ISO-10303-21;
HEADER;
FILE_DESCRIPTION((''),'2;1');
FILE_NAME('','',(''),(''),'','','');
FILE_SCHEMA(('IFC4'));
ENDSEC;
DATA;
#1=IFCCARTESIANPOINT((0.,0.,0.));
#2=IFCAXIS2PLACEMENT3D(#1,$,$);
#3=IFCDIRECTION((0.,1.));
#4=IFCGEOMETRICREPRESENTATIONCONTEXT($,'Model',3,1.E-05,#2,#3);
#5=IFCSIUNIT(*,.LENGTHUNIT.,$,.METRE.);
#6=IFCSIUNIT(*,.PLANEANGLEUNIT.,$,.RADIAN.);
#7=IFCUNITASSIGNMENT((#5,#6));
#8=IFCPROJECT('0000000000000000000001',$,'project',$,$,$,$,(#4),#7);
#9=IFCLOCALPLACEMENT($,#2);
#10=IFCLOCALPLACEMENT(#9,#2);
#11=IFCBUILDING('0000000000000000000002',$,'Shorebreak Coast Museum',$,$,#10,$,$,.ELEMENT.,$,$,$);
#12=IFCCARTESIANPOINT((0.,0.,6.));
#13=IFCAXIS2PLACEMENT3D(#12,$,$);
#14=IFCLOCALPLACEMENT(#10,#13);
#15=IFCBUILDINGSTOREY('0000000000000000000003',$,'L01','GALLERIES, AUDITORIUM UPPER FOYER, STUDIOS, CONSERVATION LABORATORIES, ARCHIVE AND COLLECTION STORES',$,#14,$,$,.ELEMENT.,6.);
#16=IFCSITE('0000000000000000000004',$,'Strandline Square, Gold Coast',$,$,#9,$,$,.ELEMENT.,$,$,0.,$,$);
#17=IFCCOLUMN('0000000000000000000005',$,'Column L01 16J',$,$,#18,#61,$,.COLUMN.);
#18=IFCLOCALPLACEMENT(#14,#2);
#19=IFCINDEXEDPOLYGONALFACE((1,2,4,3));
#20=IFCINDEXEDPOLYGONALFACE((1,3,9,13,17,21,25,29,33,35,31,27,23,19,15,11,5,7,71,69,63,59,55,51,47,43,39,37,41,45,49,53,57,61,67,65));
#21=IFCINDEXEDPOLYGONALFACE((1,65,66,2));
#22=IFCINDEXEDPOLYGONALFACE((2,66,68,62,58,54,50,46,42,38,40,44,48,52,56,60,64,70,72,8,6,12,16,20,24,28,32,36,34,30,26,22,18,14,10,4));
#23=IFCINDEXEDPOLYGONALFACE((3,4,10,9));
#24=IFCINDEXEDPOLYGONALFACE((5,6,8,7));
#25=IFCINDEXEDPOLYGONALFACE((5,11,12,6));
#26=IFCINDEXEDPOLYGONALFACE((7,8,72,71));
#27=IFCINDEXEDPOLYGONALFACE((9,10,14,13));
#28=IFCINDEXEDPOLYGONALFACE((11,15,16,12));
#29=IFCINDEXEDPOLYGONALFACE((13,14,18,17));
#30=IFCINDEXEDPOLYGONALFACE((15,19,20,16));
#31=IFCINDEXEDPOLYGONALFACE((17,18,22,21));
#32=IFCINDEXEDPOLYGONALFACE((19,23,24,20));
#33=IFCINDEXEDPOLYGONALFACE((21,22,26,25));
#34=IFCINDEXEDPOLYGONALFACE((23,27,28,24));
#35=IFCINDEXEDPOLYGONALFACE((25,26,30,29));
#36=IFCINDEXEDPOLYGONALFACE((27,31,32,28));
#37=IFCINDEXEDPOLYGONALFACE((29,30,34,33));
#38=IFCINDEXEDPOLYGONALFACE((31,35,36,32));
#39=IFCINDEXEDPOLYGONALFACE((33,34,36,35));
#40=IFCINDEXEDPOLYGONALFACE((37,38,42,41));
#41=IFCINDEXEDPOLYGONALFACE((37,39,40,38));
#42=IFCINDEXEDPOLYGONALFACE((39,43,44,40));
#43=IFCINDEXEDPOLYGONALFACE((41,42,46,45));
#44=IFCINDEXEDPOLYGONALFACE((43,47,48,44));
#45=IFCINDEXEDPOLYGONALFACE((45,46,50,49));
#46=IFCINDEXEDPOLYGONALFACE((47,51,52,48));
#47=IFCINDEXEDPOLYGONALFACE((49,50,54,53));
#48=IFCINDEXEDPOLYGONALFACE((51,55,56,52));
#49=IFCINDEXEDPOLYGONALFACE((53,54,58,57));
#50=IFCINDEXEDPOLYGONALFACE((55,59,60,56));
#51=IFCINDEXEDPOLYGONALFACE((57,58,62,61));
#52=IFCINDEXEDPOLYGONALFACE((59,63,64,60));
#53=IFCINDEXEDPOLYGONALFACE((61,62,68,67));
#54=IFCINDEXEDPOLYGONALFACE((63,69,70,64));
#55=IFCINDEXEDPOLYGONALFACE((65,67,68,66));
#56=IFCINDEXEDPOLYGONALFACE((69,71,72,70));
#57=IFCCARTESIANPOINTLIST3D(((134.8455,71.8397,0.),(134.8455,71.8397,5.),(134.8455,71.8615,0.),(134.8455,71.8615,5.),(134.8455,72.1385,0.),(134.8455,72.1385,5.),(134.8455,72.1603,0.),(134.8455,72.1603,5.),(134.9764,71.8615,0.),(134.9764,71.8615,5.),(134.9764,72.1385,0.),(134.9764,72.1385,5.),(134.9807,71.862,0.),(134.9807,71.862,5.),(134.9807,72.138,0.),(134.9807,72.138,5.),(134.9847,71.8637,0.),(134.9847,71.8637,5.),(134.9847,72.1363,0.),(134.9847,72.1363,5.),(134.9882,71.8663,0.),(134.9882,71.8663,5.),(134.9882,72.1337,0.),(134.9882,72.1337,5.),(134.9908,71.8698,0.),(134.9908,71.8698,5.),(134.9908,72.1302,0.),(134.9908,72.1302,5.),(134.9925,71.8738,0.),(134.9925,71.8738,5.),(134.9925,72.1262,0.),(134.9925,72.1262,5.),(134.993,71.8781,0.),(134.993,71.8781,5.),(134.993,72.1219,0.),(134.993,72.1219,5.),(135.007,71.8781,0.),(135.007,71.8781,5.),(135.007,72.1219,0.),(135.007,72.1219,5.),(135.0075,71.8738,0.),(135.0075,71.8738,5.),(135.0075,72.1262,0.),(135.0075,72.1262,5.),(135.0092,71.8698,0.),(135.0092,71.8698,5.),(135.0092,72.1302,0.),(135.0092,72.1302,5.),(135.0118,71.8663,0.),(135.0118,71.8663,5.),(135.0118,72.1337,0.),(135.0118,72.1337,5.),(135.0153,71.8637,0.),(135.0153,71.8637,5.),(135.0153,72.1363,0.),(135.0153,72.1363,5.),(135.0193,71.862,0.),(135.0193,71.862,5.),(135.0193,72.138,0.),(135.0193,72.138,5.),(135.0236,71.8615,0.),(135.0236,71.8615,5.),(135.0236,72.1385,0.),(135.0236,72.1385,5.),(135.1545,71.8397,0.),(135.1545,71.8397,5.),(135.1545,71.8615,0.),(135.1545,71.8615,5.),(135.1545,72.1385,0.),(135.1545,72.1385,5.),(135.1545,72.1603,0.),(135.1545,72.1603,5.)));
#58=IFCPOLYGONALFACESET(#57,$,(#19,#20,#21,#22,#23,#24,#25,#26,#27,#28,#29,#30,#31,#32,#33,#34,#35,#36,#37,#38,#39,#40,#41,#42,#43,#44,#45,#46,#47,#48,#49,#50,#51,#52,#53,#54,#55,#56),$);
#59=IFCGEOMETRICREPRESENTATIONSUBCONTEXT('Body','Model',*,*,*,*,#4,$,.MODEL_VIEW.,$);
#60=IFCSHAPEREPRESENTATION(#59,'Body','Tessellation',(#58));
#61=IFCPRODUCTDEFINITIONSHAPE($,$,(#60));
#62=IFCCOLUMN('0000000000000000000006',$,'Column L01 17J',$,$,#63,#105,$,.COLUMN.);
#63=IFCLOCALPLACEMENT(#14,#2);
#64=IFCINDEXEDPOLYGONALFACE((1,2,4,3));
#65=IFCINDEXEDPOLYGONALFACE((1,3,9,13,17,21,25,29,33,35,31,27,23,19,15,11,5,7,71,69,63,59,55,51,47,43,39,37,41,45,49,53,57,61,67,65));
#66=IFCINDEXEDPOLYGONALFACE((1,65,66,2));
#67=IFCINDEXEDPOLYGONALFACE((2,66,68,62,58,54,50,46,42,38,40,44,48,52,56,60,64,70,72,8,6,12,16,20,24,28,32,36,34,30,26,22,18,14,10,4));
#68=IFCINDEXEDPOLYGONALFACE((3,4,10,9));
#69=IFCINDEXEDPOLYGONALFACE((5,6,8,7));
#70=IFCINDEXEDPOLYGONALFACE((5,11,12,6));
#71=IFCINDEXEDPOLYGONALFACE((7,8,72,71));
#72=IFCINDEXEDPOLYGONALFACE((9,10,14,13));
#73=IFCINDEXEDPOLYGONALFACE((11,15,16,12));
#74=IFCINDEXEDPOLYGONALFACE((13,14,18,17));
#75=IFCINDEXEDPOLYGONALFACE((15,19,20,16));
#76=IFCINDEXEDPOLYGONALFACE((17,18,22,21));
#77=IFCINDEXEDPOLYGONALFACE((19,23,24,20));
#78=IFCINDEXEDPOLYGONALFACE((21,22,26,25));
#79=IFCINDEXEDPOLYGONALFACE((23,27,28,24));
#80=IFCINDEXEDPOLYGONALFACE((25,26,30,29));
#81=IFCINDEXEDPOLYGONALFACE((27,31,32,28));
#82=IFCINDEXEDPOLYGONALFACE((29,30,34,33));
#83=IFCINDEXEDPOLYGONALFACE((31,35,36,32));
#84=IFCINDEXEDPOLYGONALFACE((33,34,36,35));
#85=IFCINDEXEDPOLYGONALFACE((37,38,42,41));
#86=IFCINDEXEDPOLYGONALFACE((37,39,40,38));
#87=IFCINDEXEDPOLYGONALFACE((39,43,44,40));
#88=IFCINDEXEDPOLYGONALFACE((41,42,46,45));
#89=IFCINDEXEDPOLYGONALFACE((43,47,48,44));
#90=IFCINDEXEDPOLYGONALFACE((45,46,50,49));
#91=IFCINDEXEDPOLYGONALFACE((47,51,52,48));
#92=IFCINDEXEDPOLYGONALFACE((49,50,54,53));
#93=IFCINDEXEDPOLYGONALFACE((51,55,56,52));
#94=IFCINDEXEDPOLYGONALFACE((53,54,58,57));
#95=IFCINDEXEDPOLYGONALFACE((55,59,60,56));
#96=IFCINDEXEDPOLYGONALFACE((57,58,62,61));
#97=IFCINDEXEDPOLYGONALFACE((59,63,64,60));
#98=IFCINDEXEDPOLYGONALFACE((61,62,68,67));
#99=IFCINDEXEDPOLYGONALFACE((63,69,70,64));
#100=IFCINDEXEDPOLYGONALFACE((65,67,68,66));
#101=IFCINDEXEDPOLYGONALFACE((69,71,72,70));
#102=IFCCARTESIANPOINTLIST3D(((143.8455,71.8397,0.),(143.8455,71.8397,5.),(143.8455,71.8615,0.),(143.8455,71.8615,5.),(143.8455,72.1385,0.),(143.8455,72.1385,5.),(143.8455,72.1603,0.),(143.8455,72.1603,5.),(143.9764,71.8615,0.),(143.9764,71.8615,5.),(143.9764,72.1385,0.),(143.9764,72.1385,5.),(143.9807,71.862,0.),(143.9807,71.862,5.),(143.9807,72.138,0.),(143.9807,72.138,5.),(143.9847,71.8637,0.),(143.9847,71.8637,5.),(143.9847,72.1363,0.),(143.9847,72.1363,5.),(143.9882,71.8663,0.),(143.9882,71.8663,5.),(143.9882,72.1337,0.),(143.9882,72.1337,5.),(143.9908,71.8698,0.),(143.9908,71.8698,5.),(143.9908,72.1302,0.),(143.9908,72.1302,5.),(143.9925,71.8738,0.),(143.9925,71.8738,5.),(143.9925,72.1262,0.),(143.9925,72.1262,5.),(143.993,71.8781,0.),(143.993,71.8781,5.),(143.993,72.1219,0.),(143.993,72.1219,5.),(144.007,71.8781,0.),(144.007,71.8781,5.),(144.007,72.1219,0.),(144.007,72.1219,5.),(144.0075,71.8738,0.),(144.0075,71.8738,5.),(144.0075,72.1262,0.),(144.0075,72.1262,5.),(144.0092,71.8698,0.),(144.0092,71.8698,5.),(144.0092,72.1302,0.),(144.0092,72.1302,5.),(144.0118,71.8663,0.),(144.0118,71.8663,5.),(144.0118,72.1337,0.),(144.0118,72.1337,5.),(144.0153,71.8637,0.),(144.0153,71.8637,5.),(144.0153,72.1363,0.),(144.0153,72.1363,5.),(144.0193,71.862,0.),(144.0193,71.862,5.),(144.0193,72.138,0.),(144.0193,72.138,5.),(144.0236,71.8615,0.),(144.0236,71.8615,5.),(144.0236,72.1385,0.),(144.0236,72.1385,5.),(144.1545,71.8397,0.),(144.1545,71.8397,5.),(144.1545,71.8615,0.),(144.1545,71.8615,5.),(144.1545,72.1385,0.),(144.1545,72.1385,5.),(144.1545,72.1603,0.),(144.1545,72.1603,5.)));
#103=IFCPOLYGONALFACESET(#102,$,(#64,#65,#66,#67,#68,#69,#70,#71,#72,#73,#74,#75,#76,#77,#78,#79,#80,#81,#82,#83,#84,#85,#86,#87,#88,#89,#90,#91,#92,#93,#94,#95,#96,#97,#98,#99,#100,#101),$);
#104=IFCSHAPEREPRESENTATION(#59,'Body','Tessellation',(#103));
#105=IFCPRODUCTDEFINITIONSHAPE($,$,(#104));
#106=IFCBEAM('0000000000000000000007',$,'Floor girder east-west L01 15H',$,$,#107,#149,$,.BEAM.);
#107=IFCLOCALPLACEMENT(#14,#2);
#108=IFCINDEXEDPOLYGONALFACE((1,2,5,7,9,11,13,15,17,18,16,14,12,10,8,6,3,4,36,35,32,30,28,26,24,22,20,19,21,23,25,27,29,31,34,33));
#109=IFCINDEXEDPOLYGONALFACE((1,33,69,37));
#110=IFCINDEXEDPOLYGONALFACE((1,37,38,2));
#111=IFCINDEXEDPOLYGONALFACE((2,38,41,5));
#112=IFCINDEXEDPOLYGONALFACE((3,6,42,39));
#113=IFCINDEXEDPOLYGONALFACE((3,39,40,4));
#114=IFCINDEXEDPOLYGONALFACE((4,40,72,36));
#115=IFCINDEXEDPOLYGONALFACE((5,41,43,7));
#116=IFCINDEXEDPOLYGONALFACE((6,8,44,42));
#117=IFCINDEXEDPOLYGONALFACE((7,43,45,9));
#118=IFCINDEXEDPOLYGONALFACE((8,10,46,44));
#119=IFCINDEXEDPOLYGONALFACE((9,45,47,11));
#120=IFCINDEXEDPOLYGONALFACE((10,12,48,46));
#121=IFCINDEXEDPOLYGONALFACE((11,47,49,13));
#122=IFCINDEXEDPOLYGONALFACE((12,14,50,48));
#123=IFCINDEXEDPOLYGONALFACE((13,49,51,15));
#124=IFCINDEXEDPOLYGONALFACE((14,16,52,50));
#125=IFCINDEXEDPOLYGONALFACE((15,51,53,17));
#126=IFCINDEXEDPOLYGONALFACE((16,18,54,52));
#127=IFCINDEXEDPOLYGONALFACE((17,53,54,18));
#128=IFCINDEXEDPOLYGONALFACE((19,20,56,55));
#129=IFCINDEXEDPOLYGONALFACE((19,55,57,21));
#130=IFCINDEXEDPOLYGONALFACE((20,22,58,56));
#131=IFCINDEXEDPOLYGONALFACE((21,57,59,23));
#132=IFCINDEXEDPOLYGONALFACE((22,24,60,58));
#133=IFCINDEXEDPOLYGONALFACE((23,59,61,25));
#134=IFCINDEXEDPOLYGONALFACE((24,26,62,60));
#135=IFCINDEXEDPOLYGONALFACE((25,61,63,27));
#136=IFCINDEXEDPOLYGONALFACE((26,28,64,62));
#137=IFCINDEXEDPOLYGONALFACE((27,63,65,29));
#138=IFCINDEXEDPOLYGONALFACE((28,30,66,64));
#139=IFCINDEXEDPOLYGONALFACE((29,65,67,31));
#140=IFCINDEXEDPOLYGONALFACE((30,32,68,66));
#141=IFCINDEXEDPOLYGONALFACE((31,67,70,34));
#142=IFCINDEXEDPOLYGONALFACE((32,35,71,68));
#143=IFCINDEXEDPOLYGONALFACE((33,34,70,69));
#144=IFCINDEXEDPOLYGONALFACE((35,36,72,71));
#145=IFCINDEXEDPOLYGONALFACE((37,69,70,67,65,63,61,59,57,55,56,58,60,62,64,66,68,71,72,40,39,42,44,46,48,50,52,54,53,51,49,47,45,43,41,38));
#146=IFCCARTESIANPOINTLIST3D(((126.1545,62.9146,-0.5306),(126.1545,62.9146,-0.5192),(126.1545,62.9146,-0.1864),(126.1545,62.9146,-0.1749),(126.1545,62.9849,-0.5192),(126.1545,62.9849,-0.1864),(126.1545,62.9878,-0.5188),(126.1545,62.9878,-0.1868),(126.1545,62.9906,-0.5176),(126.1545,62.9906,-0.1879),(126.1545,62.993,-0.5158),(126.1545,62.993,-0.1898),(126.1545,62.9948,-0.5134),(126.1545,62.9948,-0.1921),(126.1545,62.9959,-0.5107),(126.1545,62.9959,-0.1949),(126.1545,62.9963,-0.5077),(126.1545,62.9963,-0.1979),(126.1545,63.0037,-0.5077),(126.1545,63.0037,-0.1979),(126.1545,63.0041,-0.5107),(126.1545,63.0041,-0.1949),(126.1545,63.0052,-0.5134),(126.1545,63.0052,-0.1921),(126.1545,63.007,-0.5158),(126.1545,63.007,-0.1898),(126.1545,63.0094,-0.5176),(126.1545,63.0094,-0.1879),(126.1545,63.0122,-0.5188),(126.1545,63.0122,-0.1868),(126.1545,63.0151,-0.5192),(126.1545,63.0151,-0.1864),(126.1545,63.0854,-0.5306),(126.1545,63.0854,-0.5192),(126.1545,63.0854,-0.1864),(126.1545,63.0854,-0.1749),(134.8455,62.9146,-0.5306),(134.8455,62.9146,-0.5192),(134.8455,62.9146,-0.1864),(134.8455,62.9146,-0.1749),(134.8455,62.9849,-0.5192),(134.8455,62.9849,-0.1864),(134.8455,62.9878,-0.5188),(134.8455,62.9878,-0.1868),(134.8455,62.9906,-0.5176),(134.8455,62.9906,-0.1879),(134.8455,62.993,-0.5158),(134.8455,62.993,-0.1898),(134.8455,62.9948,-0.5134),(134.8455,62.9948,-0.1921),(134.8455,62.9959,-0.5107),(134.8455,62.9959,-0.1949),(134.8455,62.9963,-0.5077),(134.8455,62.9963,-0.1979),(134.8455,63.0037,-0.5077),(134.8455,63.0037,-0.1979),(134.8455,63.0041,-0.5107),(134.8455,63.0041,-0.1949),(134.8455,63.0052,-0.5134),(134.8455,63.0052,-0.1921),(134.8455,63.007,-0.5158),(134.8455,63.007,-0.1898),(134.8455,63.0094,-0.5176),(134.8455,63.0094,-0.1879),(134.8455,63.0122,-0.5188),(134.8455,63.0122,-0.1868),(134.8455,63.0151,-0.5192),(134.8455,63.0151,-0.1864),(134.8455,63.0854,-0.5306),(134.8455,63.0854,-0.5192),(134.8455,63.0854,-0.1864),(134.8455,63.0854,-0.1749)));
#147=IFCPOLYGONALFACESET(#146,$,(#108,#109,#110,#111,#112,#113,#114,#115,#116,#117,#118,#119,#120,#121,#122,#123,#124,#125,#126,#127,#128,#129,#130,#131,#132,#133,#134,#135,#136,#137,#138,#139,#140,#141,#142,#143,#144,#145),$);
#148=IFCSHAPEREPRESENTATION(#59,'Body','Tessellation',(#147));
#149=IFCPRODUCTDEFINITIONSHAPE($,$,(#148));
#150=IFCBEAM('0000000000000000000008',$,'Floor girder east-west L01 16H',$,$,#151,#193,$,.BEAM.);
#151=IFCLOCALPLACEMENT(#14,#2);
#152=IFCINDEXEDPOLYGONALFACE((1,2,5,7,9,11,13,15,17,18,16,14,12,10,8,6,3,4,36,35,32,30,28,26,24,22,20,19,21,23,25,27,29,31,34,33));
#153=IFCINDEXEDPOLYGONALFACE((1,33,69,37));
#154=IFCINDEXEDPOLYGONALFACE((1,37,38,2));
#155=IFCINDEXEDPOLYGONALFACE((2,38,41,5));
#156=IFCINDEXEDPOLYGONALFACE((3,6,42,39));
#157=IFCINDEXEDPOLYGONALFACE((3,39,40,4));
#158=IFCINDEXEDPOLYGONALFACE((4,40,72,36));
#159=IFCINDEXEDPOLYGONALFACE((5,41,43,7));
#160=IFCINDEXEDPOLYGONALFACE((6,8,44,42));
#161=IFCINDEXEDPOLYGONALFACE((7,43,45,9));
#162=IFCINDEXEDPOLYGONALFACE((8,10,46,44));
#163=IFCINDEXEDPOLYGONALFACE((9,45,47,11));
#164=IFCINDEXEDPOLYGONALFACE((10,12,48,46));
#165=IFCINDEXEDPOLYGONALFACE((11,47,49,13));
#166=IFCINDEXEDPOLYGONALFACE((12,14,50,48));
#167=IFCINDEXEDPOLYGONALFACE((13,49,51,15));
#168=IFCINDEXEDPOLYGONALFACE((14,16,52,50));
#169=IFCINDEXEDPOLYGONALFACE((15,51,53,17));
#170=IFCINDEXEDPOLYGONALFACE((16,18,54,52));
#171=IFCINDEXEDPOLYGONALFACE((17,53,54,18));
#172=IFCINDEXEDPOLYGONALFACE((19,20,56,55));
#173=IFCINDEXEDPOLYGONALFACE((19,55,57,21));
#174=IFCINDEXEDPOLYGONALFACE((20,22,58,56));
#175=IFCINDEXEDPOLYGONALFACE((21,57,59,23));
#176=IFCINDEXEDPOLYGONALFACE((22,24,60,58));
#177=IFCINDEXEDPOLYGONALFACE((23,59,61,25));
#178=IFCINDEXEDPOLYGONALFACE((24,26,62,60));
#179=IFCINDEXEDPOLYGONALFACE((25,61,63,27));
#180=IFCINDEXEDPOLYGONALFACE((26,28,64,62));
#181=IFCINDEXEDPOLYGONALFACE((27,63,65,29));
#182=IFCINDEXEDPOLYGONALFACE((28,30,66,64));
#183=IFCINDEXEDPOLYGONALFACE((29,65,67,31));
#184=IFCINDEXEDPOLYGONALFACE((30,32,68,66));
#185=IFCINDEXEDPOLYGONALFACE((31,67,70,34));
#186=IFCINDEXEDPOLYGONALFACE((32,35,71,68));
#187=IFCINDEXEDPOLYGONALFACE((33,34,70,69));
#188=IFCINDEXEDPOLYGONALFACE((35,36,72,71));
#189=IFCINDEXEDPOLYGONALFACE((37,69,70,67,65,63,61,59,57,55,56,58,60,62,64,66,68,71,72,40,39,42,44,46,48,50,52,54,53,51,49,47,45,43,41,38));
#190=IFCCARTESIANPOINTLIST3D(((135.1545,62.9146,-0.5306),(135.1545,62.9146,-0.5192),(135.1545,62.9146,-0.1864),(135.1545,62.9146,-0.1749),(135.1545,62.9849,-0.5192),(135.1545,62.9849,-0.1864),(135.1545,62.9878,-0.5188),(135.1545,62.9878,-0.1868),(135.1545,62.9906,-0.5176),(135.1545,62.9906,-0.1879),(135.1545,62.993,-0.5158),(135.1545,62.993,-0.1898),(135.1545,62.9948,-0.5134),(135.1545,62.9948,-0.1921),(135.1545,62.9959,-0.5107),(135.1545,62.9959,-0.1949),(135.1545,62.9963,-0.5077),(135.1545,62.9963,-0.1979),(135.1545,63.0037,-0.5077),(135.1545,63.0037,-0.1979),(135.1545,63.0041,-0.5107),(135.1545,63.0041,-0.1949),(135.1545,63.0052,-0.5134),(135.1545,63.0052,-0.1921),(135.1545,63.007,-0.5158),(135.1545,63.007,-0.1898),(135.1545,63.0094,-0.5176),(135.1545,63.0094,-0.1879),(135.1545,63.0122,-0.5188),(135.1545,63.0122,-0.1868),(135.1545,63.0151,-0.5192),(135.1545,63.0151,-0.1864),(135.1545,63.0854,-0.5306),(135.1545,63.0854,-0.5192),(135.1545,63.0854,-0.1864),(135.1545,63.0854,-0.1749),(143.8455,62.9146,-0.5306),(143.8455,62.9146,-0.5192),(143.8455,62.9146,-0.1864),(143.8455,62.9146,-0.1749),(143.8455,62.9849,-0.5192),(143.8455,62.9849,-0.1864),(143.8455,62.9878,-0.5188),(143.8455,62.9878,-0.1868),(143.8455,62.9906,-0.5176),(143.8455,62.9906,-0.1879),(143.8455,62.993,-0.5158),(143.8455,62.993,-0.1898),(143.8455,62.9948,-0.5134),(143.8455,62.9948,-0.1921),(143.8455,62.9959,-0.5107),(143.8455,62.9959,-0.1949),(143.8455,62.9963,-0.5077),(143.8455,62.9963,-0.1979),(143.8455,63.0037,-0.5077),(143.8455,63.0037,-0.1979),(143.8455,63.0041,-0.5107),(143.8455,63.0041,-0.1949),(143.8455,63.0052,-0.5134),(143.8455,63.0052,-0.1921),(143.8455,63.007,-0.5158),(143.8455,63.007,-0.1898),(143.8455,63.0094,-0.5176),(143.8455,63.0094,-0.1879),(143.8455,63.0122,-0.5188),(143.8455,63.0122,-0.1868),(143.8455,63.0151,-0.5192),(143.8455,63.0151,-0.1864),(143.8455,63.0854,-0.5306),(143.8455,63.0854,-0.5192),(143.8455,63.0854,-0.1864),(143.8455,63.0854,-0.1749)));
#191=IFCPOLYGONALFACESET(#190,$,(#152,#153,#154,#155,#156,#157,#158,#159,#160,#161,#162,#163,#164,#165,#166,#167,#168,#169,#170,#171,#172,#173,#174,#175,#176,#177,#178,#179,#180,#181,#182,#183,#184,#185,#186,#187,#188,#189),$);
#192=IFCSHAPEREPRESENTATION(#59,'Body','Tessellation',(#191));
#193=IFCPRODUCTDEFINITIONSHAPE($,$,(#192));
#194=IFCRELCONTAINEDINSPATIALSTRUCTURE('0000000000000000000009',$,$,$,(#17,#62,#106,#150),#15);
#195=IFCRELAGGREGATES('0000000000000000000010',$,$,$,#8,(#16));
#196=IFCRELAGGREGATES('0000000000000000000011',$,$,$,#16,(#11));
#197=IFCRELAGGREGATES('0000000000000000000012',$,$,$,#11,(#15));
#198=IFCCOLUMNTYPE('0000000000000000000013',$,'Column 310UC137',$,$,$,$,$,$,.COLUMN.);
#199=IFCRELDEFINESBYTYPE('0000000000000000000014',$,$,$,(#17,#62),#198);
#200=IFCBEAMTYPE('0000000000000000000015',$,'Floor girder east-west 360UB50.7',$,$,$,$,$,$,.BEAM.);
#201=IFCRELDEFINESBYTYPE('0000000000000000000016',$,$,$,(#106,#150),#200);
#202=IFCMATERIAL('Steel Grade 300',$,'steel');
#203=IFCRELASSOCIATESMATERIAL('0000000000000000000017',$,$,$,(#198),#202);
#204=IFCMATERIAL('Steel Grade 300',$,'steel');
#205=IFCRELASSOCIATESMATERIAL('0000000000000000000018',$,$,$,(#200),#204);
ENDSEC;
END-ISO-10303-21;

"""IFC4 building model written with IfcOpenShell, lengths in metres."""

from ifc_helpers import new_model, si_unit, direction, frame, origin, origin_2d, place, context, subcontext, project, spatial, i_section, extrude, material, material_profile, profile_set, type_object, element, save


model = new_model("IFC4")

# Units and contexts
model_context = context("Model", 3, precision=1e-05, world=origin(), true_north=direction((0.0, 1.0)))
body_context = subcontext(model_context, "Body", "Model", "MODEL_VIEW")
ifc_project = project(units=[si_unit("LENGTHUNIT", "METRE"), si_unit("PLANEANGLEUNIT", "RADIAN")], contexts=[model_context])

# Site, building, storey
site_placement = place(None, origin())
site = spatial("IfcSite", under=ifc_project, at=site_placement, Name="Strandline Square, Gold Coast", CompositionType="ELEMENT", RefElevation=0.0)
building_placement = place(site_placement, origin())
building = spatial("IfcBuilding", under=site, at=building_placement, Name="Shorebreak Coast Museum", CompositionType="ELEMENT")
storey_placement = place(building_placement, frame((0.0, 0.0, 6.0)))
storey = spatial("IfcBuildingStorey", under=building, at=storey_placement, Name="L01", Description="GALLERIES, AUDITORIUM UPPER FOYER, STUDIOS, CONSERVATION LABORATORIES, ARCHIVE AND COLLECTION STORES", CompositionType="ELEMENT", Elevation=6.0)

# Columns
ifc_material_1 = material(Name="Steel Grade 300", Category="steel")
ifc_material_profile_1 = material_profile(ifc_material_1, i_section(OverallWidth=0.3091, OverallDepth=0.3206, WebThickness=0.0139, FlangeThickness=0.0217, FilletRadius=0.0166, at=origin_2d()), Name="310UC137")
ifc_profile_set_1 = profile_set([ifc_material_profile_1], Name="Steel Grade 300")
column_type = type_object("IfcColumnType", Name="Column 310UC137", PredefinedType="COLUMN", material=ifc_profile_set_1)
for number, where, z_axis, x_axis, name in (
    (1, (135.0, 72.0, 0.0), (0.0, 0.0, 1.0), (1.0, 0.0, 0.0), "Column L01 16J"),
    (2, (144.0, 72.0, 0.0), (0.0, 0.0, 1.0), (1.0, 0.0, 0.0), "Column L01 17J"),
):
    element("IfcColumn", number, at=place(storey_placement, frame(where, z_axis=z_axis, x_axis=x_axis)), inside=storey, type_object=column_type, Name=name, PredefinedType="COLUMN", context=body_context, shape_type="SweptSolid", body=[
        extrude(i_section(OverallWidth=0.3091, OverallDepth=0.3206, WebThickness=0.0139, FlangeThickness=0.0217, FilletRadius=0.0166, at=origin_2d()), origin(), (0.0, 0.0, 1.0), 5.0),
    ])

# Beams
ifc_material_2 = material(Name="Steel Grade 300", Category="steel")
ifc_material_profile_2 = material_profile(ifc_material_2, i_section(OverallWidth=0.1709, OverallDepth=0.3557, WebThickness=0.0073, FlangeThickness=0.0115, FilletRadius=0.0115, at=origin_2d()), Name="360UB50.7")
ifc_profile_set_2 = profile_set([ifc_material_profile_2], Name="Steel Grade 300")
beam_type_1 = type_object("IfcBeamType", Name="Floor girder east-west 360UB50.7", PredefinedType="BEAM", material=ifc_profile_set_2)
for number, where, z_axis, x_axis, name in (
    (3, (126.1545, 63.0, -0.3528), (1.0, 0.0, 0.0), (0.0, 1.0, 0.0), "Floor girder east-west L01 15H"),
    (4, (135.1545, 63.0, -0.3528), (1.0, 0.0, 0.0), (0.0, 1.0, 0.0), "Floor girder east-west L01 16H"),
):
    element("IfcBeam", number, at=place(storey_placement, frame(where, z_axis=z_axis, x_axis=x_axis)), inside=storey, type_object=beam_type_1, Name=name, PredefinedType="BEAM", context=body_context, shape_type="SweptSolid", body=[
        extrude(i_section(OverallWidth=0.1709, OverallDepth=0.3557, WebThickness=0.0073, FlangeThickness=0.0115, FilletRadius=0.0115, at=origin_2d()), origin(), (0.0, 0.0, 1.0), 8.6909),
    ])

save(model, "model.ifc")
